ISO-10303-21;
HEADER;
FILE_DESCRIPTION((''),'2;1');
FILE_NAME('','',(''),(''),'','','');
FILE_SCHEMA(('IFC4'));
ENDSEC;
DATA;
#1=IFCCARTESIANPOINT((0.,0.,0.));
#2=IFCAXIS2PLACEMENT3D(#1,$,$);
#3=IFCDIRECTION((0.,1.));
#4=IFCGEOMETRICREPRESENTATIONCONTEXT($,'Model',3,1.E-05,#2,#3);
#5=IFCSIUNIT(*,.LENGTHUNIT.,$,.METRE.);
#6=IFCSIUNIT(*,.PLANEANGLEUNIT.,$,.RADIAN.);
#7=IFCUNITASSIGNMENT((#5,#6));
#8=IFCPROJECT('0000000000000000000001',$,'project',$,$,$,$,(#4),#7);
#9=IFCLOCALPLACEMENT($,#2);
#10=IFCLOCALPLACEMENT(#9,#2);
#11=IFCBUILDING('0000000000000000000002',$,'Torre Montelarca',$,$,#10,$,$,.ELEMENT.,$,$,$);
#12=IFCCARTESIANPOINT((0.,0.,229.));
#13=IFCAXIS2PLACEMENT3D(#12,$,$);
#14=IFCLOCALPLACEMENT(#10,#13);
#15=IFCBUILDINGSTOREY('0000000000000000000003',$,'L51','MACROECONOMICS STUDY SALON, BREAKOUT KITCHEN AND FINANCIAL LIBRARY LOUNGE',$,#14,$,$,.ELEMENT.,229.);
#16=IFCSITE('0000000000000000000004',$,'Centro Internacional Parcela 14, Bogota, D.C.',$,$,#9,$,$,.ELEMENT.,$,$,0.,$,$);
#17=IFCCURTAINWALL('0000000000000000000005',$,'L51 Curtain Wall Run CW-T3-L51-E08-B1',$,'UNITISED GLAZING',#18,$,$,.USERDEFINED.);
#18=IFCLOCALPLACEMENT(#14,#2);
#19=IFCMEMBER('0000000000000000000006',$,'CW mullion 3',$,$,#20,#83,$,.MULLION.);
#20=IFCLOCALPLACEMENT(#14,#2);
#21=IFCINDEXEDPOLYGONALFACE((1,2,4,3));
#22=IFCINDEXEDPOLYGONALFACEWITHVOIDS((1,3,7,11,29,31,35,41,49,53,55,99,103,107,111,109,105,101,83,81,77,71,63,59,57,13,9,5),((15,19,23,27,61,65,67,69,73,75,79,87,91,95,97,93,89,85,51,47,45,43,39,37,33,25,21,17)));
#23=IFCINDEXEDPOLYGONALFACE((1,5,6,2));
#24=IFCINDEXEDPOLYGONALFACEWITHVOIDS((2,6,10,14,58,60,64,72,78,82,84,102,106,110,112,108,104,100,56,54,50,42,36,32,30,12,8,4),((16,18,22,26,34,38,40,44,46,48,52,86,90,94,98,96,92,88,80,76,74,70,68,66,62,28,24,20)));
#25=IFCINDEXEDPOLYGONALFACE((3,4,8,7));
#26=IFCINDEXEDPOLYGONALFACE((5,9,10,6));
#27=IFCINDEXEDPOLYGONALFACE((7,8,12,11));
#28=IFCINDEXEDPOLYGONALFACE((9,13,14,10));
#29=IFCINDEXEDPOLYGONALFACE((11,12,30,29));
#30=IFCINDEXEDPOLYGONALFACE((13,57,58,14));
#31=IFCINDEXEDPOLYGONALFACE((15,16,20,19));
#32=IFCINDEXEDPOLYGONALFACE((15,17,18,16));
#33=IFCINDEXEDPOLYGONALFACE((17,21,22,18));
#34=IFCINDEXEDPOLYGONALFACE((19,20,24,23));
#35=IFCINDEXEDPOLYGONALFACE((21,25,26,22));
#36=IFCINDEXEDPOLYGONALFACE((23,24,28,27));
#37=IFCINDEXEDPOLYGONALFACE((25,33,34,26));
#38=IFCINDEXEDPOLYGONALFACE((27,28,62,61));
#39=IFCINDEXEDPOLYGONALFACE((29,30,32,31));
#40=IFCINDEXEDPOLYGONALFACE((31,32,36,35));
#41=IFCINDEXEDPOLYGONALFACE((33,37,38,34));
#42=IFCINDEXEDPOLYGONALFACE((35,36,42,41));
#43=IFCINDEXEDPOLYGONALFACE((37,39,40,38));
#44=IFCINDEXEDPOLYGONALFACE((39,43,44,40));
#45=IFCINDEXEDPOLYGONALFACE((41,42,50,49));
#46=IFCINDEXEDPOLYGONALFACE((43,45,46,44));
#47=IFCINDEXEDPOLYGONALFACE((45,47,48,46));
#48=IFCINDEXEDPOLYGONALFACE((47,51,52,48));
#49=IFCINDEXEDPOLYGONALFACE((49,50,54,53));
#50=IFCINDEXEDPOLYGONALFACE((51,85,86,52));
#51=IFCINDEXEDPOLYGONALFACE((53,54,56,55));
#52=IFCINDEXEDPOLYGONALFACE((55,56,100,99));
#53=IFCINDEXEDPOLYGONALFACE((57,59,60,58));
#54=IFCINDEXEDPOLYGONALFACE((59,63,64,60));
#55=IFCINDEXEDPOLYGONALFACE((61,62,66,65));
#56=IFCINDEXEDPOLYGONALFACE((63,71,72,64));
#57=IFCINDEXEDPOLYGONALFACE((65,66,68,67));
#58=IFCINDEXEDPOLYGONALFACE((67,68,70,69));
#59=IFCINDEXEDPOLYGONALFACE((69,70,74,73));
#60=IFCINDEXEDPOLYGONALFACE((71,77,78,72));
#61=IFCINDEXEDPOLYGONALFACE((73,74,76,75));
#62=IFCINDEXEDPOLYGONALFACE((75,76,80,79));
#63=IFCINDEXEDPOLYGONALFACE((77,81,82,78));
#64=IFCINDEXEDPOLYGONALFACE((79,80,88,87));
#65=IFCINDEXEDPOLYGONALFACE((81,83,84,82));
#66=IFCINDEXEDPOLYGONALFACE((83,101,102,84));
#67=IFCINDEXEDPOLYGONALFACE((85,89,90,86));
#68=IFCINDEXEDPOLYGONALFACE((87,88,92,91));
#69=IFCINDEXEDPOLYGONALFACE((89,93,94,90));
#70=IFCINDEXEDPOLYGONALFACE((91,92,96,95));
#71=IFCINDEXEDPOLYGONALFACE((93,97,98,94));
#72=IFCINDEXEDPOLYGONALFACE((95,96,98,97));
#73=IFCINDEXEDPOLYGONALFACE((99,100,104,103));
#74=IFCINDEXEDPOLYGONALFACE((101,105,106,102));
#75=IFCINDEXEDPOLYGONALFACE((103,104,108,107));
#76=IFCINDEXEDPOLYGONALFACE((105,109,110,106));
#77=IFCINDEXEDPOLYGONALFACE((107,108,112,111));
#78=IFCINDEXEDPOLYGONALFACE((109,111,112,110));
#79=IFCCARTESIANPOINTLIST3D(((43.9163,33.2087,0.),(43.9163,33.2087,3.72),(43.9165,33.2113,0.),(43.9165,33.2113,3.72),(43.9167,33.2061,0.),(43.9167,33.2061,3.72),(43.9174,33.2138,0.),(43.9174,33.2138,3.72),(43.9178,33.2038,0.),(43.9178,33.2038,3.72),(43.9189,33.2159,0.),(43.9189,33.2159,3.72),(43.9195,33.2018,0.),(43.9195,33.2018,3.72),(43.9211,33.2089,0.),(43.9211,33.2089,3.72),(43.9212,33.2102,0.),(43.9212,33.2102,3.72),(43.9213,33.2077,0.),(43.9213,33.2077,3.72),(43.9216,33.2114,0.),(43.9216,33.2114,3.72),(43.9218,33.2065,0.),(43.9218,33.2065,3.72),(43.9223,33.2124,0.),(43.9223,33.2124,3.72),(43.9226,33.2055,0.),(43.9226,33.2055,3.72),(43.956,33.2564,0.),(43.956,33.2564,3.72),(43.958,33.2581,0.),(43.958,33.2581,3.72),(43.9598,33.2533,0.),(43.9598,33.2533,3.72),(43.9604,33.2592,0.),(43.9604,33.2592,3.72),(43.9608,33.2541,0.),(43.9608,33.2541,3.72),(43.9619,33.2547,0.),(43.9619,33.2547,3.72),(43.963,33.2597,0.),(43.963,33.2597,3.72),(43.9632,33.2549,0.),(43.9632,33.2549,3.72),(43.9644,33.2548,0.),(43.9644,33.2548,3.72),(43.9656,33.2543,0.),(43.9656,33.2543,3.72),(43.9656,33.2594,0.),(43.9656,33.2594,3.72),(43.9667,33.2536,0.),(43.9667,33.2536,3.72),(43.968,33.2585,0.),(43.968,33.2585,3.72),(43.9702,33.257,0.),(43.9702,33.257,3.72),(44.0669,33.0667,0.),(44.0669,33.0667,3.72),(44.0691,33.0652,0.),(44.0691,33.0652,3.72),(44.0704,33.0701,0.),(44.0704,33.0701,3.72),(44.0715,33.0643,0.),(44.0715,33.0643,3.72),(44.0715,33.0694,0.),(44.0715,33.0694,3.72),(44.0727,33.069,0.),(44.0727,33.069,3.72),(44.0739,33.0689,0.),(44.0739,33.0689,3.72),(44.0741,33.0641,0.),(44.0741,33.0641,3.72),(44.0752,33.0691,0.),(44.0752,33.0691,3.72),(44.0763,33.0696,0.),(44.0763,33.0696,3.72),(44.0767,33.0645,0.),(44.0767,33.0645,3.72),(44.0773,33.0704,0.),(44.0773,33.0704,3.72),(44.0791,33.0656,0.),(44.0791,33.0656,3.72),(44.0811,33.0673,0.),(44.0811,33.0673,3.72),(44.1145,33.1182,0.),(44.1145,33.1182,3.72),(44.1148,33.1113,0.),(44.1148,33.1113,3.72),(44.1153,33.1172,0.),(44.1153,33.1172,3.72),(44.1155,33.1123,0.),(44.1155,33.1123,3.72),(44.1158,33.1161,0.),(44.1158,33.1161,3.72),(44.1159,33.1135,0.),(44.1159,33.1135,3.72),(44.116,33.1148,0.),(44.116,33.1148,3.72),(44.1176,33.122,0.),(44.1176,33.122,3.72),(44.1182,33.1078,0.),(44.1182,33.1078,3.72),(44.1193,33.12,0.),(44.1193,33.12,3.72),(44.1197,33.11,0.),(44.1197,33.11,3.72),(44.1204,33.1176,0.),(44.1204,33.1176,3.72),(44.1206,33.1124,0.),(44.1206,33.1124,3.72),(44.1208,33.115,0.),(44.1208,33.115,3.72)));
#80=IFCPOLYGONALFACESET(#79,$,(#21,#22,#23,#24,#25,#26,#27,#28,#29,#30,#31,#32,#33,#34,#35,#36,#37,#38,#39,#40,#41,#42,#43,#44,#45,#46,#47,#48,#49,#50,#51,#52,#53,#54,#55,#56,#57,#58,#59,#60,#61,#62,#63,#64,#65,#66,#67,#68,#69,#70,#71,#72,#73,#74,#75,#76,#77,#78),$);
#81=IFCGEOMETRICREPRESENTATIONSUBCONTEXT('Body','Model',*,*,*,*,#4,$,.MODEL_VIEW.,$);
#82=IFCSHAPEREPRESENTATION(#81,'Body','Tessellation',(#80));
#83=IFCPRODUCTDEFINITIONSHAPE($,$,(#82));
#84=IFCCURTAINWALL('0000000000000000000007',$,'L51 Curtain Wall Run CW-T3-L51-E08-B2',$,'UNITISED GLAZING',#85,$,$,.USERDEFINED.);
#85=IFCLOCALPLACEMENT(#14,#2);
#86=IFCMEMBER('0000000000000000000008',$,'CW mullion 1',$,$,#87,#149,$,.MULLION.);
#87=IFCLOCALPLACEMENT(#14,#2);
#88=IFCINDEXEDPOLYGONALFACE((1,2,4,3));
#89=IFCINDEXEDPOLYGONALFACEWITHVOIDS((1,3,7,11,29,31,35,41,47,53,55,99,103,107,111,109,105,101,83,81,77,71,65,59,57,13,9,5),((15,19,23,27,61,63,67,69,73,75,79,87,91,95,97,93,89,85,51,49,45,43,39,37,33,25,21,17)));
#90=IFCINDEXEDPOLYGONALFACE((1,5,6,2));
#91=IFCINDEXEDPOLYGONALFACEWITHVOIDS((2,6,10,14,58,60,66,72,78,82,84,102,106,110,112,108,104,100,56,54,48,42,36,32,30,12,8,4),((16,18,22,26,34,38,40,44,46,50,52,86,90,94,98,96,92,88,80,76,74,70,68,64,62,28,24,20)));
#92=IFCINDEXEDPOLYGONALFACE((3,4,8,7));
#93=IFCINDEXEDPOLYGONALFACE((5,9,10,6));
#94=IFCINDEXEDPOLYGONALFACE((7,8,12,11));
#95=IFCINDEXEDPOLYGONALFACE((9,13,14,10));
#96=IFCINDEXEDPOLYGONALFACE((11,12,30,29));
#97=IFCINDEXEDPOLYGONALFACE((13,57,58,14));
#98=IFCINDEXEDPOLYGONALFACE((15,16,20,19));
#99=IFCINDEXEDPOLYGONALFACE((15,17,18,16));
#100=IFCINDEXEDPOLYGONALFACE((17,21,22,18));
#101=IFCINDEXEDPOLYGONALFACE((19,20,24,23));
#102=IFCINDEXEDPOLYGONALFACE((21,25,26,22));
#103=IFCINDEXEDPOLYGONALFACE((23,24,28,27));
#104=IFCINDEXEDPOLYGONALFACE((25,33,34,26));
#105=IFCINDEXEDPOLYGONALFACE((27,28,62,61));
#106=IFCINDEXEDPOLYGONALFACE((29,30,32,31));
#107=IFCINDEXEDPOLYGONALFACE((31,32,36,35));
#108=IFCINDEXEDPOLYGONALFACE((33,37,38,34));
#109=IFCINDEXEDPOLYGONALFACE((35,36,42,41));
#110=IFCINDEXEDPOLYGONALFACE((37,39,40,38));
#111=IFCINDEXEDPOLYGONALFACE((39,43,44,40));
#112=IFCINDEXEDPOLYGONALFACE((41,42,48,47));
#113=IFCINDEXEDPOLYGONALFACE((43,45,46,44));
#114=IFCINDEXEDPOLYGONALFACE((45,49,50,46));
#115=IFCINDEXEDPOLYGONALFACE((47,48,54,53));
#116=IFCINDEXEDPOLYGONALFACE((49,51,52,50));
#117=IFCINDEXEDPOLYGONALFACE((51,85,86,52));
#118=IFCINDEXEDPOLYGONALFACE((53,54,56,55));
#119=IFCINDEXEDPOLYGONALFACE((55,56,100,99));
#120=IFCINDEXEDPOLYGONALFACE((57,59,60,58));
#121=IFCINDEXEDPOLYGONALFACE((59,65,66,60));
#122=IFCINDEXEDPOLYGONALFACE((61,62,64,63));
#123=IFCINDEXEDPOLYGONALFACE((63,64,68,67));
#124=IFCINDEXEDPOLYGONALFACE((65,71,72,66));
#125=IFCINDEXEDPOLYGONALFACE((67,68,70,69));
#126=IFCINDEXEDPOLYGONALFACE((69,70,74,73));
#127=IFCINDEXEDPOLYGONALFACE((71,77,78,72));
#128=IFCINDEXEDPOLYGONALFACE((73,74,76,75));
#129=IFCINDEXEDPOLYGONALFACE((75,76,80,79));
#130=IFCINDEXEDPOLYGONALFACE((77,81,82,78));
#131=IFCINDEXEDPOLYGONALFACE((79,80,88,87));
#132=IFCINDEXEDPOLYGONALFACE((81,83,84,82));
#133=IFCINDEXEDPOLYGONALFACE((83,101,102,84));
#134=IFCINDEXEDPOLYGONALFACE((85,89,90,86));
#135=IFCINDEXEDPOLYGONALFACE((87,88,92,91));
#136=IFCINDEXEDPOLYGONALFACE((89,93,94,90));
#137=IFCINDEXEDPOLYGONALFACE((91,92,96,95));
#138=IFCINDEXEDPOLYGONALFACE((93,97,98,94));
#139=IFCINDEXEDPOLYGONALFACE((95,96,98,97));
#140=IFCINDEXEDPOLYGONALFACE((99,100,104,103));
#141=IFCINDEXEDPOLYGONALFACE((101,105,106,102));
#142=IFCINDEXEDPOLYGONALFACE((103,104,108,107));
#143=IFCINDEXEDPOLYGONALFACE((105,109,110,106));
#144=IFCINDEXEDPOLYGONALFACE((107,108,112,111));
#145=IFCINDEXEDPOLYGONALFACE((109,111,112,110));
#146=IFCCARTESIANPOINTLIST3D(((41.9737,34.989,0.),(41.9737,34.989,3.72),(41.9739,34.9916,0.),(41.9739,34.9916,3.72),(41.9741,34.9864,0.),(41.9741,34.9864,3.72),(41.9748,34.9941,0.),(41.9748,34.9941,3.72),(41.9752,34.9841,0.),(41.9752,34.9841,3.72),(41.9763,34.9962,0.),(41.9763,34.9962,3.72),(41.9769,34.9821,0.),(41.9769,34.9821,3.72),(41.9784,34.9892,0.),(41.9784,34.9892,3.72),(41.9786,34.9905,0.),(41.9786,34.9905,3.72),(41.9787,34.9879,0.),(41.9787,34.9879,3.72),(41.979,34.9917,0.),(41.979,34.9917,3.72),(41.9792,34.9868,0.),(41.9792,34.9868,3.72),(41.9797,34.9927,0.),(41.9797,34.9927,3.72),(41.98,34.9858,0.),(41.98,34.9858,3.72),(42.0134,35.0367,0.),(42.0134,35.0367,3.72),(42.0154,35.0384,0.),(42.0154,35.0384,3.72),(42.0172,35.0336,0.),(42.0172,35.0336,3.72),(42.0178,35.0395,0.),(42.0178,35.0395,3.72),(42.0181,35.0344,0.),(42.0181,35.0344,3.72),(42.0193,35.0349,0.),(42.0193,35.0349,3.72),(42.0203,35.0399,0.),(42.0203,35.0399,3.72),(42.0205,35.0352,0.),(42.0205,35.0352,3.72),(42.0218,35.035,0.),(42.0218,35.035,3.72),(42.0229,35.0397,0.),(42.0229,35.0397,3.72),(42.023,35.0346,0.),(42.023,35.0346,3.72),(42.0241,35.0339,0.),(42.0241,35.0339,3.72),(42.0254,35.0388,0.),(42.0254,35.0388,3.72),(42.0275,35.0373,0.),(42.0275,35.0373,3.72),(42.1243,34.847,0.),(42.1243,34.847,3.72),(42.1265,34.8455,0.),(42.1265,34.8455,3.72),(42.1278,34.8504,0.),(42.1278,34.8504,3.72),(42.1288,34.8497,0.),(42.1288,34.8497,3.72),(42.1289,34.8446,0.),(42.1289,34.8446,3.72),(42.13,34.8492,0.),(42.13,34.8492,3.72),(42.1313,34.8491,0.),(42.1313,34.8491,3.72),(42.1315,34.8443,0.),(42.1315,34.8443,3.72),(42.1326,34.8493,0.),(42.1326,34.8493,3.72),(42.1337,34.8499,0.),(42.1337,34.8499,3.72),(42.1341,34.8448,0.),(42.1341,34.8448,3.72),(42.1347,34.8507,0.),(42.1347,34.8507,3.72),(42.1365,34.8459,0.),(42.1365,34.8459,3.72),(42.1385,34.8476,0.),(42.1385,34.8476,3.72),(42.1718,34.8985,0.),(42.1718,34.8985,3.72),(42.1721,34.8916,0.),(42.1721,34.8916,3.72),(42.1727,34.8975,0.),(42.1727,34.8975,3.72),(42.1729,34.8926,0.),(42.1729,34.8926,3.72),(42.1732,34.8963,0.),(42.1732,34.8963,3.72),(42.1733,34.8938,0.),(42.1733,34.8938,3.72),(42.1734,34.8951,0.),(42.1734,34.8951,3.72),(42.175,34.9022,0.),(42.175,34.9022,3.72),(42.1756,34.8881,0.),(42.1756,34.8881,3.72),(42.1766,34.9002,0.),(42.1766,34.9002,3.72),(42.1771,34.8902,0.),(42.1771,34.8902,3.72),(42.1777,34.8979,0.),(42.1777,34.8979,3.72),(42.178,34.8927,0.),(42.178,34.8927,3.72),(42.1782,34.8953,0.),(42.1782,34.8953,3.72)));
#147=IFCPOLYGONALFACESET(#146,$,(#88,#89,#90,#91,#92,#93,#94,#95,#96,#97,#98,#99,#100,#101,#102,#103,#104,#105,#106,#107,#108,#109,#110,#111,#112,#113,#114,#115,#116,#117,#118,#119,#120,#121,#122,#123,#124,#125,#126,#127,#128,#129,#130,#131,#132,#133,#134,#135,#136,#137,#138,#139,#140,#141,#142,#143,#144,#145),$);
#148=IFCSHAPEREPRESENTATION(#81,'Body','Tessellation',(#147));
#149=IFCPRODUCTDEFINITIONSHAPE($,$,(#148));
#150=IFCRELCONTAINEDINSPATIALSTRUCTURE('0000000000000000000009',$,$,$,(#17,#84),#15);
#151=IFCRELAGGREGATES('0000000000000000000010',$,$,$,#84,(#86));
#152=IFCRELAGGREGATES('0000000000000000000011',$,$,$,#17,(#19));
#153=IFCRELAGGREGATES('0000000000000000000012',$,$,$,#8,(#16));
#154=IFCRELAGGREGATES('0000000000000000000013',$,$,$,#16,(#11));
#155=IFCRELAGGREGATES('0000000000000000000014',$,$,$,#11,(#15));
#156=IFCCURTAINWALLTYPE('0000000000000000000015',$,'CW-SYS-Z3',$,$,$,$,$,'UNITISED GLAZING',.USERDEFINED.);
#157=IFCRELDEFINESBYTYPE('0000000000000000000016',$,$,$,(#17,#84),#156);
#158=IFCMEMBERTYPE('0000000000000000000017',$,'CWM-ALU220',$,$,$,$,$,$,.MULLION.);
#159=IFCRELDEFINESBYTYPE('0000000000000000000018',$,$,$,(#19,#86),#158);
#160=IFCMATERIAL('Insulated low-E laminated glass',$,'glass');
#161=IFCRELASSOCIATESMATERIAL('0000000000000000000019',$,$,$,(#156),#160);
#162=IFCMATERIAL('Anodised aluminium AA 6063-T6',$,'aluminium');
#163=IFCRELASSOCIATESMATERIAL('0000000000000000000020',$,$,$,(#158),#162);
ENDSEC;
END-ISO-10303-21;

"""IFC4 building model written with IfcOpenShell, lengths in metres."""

from ifc_helpers import new_model, si_unit, direction, frame, origin, origin_2d, place, context, subcontext, project, spatial, hollow_rectangle, extrude, source, transform, mapped, material, material_profile, profile_set, type_object, element, aggregate, save


model = new_model("IFC4")

# Units and contexts
model_context = context("Model", 3, precision=1e-05, world=origin(), true_north=direction((0.0, 1.0)))
body_context = subcontext(model_context, "Body", "Model", "MODEL_VIEW")
ifc_project = project(units=[si_unit("LENGTHUNIT", "METRE"), si_unit("PLANEANGLEUNIT", "RADIAN")], contexts=[model_context])

# Site, building, storey
site_placement = place(None, origin())
site = spatial("IfcSite", under=ifc_project, at=site_placement, Name="Centro Internacional Parcela 14, Bogota, D.C.", CompositionType="ELEMENT", RefElevation=0.0)
building_placement = place(site_placement, origin())
building = spatial("IfcBuilding", under=site, at=building_placement, Name="Torre Montelarca", CompositionType="ELEMENT")
storey_placement = place(building_placement, frame((0.0, 0.0, 229.0)))
storey = spatial("IfcBuildingStorey", under=building, at=storey_placement, Name="L51", Description="MACROECONOMICS STUDY SALON, BREAKOUT KITCHEN AND FINANCIAL LIBRARY LOUNGE", CompositionType="ELEMENT", Elevation=229.0)

# Curtain walls, members
ifc_material_1 = material(Name="Insulated low-E laminated glass", Category="glass")
curtain_wall_type = type_object("IfcCurtainWallType", Name="CW-SYS-Z3", ElementType="UNITISED GLAZING", PredefinedType="USERDEFINED", material=ifc_material_1)
curtain_wall_1_placement = place(storey_placement, origin())
curtain_wall_1 = element("IfcCurtainWall", 1, at=curtain_wall_1_placement, inside=storey, type_object=curtain_wall_type, Name="L51 Curtain Wall Run CW-T3-L51-E08-B1", ObjectType="UNITISED GLAZING", PredefinedType="USERDEFINED")
ifc_material_2 = material(Name="Anodised aluminium AA 6063-T6", Category="aluminium")
ifc_material_profile_1 = material_profile(ifc_material_2, hollow_rectangle(XDim=0.075, YDim=0.22, WallThickness=0.0049, InnerFilletRadius=0.0049, OuterFilletRadius=0.01, at=origin_2d()), Name="ALU75X220X5", Category="aluminium")
ifc_profile_set_1 = profile_set([ifc_material_profile_1], Name="Anodised aluminium AA 6063-T6")
member_type_1 = type_object("IfcMemberType", Name="CWM-ALU220", PredefinedType="MULLION", material=ifc_profile_set_1)
shared_shape_1 = source(origin(), body_context, "Body", "SweptSolid", [
    extrude(hollow_rectangle(XDim=0.075, YDim=0.22, WallThickness=0.0049, InnerFilletRadius=0.0049, OuterFilletRadius=0.01, at=origin_2d()), origin(), (0.0, 0.0, 1.0), 3.72),
])
member_1_placement = place(storey_placement, frame((44.0186, 33.1619, 0.0), z_axis=(0.0, 0.0, 1.0), x_axis=(-0.67558, -0.737286, 0.0)))
member_1 = element("IfcMember", 2, at=member_1_placement, type_object=member_type_1, Name="CW mullion 3", PredefinedType="MULLION", context=body_context, shape_type="MappedRepresentation", body=[
    mapped(shared_shape_1, transform((0.0, 0.0, 0.0), scale=1.0)),
])
curtain_wall_2_placement = place(storey_placement, origin())
curtain_wall_2 = element("IfcCurtainWall", 3, at=curtain_wall_2_placement, inside=storey, type_object=curtain_wall_type, Name="L51 Curtain Wall Run CW-T3-L51-E08-B2", ObjectType="UNITISED GLAZING", PredefinedType="USERDEFINED")
member_2_placement = place(storey_placement, frame((42.0759, 34.9421, 0.0), z_axis=(0.0, 0.0, 1.0), x_axis=(-0.675595, -0.737273, 0.0)))
member_2 = element("IfcMember", 4, at=member_2_placement, type_object=member_type_1, Name="CW mullion 1", PredefinedType="MULLION", context=body_context, shape_type="MappedRepresentation", body=[
    mapped(shared_shape_1, transform((0.0, 0.0, 0.0), scale=1.0)),
])

aggregate(curtain_wall_2, [member_2])
aggregate(curtain_wall_1, [member_1])

save(model, "model.ifc")
